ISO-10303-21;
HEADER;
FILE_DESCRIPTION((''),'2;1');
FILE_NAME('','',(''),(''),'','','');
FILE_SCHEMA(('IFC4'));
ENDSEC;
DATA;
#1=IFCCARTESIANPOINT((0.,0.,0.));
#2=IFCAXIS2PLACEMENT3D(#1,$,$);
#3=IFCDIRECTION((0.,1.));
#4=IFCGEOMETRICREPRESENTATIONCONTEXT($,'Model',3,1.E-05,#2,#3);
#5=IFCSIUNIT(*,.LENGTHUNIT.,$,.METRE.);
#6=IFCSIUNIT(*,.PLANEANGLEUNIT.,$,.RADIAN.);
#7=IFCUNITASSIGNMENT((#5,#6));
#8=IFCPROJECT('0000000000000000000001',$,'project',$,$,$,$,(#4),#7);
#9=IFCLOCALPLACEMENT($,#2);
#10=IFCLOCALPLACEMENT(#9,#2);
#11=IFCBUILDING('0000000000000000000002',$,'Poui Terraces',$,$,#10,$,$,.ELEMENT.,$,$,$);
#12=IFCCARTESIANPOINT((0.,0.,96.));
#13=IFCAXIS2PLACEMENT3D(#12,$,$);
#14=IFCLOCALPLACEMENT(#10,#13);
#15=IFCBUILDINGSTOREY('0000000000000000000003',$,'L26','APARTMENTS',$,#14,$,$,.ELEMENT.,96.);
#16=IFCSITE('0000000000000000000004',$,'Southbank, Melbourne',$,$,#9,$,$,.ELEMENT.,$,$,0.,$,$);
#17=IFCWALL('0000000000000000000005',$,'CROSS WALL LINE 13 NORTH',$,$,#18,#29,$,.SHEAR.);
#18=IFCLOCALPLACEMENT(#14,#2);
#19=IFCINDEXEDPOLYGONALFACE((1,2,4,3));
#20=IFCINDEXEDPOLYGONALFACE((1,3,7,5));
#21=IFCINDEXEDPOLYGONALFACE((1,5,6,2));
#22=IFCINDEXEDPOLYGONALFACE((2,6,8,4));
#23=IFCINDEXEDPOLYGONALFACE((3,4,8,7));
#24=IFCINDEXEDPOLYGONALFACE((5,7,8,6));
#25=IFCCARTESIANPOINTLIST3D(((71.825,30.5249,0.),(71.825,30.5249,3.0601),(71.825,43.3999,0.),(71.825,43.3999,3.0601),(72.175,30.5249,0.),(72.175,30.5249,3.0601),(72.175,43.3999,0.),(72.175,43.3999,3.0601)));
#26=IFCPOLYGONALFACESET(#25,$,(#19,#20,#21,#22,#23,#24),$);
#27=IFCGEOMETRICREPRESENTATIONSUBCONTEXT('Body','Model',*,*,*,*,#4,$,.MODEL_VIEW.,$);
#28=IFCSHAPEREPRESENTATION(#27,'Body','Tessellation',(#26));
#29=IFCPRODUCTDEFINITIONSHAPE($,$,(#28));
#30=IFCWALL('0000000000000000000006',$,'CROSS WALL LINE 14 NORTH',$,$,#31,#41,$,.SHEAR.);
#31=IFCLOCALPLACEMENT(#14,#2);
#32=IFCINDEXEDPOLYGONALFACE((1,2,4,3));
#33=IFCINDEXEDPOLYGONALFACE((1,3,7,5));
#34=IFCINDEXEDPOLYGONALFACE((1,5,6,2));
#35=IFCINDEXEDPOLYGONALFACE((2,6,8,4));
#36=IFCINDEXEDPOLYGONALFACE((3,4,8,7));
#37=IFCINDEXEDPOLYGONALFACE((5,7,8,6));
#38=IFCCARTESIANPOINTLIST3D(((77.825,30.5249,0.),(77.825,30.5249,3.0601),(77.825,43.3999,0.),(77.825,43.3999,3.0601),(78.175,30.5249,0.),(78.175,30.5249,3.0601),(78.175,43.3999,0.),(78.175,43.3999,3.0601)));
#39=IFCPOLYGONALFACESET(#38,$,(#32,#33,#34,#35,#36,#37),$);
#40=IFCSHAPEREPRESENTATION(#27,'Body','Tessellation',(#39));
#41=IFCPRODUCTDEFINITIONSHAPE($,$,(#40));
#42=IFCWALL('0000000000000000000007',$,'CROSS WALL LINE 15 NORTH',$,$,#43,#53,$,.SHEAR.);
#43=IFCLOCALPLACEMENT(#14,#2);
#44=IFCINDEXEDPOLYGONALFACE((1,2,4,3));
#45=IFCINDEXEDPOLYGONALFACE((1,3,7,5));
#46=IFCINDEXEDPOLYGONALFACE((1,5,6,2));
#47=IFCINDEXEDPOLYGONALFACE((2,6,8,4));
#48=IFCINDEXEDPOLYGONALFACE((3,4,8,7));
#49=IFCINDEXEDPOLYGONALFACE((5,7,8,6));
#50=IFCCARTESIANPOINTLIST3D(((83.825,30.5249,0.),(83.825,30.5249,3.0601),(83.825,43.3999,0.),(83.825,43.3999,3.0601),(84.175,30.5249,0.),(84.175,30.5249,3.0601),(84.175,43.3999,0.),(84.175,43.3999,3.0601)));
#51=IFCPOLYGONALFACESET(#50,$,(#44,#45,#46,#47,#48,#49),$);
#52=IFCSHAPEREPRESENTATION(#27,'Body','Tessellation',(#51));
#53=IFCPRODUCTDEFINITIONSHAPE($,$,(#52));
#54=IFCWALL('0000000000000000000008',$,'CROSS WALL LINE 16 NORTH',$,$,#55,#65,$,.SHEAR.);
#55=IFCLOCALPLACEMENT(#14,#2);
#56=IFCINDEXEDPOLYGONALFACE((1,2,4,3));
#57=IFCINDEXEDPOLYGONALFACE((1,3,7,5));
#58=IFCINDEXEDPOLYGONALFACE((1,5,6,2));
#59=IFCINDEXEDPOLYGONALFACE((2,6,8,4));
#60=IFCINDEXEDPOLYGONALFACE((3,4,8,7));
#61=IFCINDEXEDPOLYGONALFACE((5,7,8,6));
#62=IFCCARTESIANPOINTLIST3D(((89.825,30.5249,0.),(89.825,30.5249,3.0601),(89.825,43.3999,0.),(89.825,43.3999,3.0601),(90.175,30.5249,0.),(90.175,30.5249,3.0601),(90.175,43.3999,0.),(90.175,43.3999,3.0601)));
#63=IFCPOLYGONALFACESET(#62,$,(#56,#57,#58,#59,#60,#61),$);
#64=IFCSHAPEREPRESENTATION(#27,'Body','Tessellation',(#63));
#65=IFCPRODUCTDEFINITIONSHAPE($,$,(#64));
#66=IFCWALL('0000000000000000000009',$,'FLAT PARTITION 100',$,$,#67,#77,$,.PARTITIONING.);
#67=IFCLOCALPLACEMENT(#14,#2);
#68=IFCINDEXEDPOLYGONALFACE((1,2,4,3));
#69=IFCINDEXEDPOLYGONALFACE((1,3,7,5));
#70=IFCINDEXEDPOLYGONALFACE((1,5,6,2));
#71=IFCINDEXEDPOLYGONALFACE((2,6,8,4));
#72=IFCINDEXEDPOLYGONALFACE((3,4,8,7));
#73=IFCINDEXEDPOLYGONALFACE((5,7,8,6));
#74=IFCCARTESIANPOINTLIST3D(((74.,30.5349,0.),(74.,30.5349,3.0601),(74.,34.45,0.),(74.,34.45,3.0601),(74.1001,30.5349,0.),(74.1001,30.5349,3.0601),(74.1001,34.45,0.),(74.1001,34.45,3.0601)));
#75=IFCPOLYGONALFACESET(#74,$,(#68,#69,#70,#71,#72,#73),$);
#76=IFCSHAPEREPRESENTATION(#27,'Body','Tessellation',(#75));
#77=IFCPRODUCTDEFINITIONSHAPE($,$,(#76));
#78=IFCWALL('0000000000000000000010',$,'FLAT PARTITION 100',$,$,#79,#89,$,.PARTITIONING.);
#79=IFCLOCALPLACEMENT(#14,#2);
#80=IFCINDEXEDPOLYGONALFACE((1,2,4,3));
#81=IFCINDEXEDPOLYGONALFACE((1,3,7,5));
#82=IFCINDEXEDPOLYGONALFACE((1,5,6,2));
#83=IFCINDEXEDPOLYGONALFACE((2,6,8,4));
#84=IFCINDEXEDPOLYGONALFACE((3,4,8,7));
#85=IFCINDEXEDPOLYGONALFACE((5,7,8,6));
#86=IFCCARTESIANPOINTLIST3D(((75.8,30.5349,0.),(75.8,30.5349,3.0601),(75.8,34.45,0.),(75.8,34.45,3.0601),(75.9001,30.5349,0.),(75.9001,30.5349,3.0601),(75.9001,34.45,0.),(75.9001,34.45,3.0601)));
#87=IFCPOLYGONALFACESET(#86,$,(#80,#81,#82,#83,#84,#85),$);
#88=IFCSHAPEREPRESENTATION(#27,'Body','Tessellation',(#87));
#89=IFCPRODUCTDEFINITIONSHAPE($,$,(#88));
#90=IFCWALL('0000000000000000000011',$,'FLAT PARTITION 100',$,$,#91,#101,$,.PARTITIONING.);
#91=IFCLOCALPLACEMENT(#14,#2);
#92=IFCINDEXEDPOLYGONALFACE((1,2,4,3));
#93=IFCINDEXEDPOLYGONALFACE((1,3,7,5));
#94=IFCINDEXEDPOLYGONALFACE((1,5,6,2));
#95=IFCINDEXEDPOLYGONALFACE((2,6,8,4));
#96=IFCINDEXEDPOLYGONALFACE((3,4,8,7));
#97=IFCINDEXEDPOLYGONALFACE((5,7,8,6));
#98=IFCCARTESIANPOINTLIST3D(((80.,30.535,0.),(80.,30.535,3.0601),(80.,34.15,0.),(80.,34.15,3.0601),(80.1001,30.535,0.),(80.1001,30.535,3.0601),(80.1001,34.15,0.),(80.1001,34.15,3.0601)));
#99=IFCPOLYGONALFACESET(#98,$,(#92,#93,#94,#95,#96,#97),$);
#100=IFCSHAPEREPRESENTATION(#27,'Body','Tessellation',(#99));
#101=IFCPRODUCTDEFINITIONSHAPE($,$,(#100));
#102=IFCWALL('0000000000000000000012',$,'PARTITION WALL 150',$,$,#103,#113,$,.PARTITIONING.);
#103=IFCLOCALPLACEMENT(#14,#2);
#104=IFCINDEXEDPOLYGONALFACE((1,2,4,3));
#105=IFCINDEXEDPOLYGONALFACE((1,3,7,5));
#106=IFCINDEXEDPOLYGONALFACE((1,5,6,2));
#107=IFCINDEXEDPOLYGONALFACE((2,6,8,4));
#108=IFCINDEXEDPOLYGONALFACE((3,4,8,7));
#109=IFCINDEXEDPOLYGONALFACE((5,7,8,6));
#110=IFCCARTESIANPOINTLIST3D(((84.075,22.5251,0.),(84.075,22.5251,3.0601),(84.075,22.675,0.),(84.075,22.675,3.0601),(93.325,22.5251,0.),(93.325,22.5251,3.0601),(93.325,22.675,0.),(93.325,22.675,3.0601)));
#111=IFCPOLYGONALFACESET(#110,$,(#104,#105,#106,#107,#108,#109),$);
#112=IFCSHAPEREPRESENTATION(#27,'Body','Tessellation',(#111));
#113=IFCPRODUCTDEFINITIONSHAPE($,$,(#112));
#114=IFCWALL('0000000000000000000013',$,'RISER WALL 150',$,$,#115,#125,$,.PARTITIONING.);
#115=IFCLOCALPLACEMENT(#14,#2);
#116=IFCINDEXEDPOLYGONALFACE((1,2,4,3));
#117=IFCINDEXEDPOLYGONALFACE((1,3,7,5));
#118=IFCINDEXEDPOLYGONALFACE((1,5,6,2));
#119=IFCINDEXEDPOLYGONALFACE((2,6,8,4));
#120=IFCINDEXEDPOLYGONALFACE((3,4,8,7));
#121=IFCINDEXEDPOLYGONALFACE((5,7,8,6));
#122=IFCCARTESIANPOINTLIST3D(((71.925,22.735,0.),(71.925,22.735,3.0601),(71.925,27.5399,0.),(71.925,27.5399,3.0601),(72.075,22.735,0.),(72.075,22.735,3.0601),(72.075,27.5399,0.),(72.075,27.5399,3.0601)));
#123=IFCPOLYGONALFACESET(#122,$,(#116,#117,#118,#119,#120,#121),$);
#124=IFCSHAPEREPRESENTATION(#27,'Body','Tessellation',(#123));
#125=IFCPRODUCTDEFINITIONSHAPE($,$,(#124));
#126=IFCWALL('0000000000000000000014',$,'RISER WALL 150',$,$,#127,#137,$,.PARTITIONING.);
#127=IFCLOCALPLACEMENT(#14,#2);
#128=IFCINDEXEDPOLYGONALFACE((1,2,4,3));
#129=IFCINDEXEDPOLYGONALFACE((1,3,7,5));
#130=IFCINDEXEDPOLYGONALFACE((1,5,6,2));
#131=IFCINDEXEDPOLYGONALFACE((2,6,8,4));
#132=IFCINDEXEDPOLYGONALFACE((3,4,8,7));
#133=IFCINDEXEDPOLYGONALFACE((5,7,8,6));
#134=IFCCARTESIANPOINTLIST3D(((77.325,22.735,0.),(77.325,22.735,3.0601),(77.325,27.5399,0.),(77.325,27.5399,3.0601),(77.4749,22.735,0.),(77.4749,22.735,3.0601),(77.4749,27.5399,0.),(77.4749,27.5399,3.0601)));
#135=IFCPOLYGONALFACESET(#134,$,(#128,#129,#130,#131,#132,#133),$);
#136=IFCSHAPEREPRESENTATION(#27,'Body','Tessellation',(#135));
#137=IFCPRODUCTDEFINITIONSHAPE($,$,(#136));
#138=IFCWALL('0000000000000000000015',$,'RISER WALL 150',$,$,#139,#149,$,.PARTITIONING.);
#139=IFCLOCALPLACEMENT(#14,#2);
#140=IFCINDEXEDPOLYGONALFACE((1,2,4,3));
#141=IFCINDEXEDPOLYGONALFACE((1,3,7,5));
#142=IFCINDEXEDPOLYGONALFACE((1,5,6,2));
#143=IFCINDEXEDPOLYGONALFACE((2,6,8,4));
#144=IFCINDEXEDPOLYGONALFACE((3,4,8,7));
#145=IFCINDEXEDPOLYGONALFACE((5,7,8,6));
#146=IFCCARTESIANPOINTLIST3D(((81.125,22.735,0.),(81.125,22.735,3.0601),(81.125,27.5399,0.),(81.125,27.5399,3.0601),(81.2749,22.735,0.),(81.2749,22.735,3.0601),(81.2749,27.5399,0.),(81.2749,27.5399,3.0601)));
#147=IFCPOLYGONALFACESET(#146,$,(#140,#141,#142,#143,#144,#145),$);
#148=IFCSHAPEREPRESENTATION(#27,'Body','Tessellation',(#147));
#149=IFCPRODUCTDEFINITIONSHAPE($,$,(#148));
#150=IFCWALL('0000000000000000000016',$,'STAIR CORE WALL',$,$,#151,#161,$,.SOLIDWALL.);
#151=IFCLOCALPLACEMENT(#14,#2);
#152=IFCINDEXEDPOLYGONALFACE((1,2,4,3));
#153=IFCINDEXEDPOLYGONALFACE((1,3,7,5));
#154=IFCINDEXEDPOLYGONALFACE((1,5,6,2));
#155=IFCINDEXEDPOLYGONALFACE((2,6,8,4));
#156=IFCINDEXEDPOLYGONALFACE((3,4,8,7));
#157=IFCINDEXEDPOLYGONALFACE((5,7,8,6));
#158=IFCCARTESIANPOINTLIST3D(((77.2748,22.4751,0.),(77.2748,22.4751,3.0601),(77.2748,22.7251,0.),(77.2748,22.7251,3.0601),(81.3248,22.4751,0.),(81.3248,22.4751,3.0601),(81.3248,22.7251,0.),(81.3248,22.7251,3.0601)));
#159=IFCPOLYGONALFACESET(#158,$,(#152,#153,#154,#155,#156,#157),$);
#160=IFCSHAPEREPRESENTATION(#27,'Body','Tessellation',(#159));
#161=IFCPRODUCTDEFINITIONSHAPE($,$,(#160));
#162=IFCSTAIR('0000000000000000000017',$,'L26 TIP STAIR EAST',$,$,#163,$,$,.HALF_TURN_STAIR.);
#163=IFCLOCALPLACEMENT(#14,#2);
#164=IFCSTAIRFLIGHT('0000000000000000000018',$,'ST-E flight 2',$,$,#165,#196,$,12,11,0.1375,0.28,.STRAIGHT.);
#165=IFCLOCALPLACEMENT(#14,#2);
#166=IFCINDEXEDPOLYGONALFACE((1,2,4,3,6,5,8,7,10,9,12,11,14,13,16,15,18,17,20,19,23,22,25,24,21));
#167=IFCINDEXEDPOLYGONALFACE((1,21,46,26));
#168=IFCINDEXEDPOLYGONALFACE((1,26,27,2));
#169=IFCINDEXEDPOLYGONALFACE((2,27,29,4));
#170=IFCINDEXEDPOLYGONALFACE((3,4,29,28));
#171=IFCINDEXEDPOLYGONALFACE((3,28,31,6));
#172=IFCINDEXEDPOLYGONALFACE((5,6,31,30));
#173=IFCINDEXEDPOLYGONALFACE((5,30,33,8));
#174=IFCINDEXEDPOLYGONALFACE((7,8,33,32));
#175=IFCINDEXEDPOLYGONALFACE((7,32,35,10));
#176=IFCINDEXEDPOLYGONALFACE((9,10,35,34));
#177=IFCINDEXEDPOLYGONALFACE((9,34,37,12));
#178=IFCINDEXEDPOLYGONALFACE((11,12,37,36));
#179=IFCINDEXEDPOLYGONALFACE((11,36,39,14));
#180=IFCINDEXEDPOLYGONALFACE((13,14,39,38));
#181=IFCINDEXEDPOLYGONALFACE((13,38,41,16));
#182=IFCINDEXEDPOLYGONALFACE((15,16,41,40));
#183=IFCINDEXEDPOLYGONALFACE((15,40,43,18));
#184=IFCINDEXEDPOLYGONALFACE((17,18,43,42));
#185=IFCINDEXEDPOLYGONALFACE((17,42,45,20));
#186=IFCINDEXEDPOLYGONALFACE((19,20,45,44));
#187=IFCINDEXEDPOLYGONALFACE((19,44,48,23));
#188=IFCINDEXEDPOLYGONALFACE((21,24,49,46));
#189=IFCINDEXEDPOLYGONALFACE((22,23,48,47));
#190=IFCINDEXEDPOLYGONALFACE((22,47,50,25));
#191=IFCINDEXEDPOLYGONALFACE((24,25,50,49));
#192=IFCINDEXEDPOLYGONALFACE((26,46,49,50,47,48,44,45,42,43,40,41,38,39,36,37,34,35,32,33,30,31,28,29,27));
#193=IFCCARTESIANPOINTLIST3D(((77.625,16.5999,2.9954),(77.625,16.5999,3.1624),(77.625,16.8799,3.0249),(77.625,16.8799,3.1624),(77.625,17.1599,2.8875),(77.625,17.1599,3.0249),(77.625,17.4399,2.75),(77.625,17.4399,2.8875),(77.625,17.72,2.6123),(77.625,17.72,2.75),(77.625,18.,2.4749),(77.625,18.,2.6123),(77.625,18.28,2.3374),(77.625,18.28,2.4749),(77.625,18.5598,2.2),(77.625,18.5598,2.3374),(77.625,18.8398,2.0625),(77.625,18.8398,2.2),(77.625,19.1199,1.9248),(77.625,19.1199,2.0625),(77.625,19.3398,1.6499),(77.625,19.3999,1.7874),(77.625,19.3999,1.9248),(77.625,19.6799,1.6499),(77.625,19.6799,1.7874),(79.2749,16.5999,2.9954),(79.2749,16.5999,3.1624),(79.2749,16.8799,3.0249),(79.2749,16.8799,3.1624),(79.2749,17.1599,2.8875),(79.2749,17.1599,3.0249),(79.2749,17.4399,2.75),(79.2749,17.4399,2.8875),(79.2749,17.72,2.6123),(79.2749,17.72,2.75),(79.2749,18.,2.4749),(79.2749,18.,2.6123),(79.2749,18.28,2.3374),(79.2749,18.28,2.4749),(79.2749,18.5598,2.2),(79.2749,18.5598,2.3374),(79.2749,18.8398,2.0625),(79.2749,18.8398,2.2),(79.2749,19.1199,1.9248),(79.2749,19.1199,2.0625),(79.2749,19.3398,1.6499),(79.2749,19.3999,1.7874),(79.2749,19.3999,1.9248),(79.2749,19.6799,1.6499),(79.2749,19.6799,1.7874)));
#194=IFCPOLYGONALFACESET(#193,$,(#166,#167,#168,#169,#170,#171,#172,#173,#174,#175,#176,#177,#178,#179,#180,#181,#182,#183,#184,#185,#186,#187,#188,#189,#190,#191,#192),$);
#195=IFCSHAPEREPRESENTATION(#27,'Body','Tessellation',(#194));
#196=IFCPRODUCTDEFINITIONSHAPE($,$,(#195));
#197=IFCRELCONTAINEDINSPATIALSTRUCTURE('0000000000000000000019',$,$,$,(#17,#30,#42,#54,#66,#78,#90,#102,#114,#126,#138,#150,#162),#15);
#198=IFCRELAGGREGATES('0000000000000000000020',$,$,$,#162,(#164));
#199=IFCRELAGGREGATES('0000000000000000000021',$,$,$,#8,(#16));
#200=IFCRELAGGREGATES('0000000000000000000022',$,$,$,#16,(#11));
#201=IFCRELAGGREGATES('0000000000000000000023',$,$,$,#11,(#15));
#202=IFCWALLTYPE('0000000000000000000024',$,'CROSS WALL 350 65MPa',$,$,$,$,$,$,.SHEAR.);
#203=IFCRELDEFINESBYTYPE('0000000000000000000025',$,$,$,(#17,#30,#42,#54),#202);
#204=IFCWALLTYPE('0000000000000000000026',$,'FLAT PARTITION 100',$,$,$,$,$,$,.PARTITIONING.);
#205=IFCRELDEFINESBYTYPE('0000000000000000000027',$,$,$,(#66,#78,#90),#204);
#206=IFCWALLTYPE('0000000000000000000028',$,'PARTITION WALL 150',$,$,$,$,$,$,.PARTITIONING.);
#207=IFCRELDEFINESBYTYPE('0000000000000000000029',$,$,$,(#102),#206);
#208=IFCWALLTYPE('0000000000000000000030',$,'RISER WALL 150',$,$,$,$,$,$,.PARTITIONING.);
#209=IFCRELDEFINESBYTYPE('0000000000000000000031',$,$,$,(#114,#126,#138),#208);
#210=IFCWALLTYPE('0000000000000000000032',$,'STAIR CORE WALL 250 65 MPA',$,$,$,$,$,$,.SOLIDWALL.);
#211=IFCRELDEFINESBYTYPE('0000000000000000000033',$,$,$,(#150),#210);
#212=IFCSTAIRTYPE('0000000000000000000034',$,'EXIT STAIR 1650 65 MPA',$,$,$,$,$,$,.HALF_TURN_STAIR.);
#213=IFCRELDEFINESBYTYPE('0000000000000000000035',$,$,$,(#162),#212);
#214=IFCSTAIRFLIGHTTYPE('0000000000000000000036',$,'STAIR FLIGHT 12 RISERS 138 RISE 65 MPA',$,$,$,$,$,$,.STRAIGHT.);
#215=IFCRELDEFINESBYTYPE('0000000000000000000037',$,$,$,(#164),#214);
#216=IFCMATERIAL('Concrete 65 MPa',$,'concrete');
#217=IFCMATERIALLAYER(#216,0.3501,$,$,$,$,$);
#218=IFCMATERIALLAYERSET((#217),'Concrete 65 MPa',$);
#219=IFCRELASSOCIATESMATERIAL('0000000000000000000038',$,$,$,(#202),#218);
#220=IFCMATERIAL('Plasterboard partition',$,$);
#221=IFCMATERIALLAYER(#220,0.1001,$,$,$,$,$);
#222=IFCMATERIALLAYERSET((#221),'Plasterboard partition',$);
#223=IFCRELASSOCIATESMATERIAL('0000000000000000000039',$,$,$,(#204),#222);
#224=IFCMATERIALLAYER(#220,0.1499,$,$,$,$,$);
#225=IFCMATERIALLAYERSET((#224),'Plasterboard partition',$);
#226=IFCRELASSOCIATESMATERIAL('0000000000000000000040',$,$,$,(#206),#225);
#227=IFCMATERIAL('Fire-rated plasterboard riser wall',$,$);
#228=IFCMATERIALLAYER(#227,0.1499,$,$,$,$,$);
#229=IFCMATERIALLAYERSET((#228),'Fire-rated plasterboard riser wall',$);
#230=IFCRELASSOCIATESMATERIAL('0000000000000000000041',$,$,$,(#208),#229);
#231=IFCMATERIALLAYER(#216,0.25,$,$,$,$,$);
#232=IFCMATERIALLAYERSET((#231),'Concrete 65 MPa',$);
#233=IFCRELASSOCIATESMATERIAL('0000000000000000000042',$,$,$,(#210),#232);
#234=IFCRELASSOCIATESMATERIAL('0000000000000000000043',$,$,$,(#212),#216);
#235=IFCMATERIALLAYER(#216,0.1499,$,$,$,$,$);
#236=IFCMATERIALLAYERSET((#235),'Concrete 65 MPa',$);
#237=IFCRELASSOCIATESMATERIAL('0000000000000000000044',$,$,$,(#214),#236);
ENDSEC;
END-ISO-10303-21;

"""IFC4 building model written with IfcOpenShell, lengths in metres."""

from ifc_helpers import new_model, si_unit, direction, frame, frame_2d, origin, place, context, subcontext, project, spatial, polyline, rectangle, outline, extrude, material, layer, layer_set, type_object, element, aggregate, save


model = new_model("IFC4")

# Units and contexts
model_context = context("Model", 3, precision=1e-05, world=origin(), true_north=direction((0.0, 1.0)))
body_context = subcontext(model_context, "Body", "Model", "MODEL_VIEW")
ifc_project = project(units=[si_unit("LENGTHUNIT", "METRE"), si_unit("PLANEANGLEUNIT", "RADIAN")], contexts=[model_context])

# Site, building, storey
site_placement = place(None, origin())
site = spatial("IfcSite", under=ifc_project, at=site_placement, Name="Southbank, Melbourne", CompositionType="ELEMENT", RefElevation=0.0)
building_placement = place(site_placement, origin())
building = spatial("IfcBuilding", under=site, at=building_placement, Name="Poui Terraces", CompositionType="ELEMENT")
storey_placement = place(building_placement, frame((0.0, 0.0, 96.0)))
storey = spatial("IfcBuildingStorey", under=building, at=storey_placement, Name="L26", Description="APARTMENTS", CompositionType="ELEMENT", Elevation=96.0)

# Shared definitions
ifc_material_1 = material(Name="Concrete 65 MPa", Category="concrete")

# Walls
ifc_layer_1 = layer(ifc_material_1, 0.3501)
ifc_layer_set_1 = layer_set([ifc_layer_1], Name="Concrete 65 MPa")
wall_type_1 = type_object("IfcWallType", Name="CROSS WALL 350 65MPa", PredefinedType="SHEAR", material=ifc_layer_set_1)
for number, where, z_axis, x_axis, name in (
    (1, (72.0, 30.5249, 0.0), (0.0, 0.0, 1.0), (0.0, 1.0, 0.0), "CROSS WALL LINE 13 NORTH"),
    (2, (78.0, 30.5249, 0.0), (0.0, 0.0, 1.0), (0.0, 1.0, 0.0), "CROSS WALL LINE 14 NORTH"),
    (3, (84.0, 30.5249, 0.0), (0.0, 0.0, 1.0), (0.0, 1.0, 0.0), "CROSS WALL LINE 15 NORTH"),
    (4, (90.0, 30.5249, 0.0), (0.0, 0.0, 1.0), (0.0, 1.0, 0.0), "CROSS WALL LINE 16 NORTH"),
):
    element("IfcWall", number, at=place(storey_placement, frame(where, z_axis=z_axis, x_axis=x_axis)), inside=storey, type_object=wall_type_1, Name=name, PredefinedType="SHEAR", context=body_context, shape_type="SweptSolid", body=[
        extrude(rectangle(XDim=12.875, YDim=0.3501, at=frame_2d((6.4375, 0.0))), origin(), (0.0, 0.0, 1.0), 3.0601),
    ])
ifc_material_2 = material(Name="Plasterboard partition")
ifc_layer_2 = layer(ifc_material_2, 0.1001)
ifc_layer_set_2 = layer_set([ifc_layer_2], Name="Plasterboard partition")
wall_type_2 = type_object("IfcWallType", Name="FLAT PARTITION 100", PredefinedType="PARTITIONING", material=ifc_layer_set_2)
for number, where, z_axis, x_axis, name in (
    (5, (74.05, 30.5349, 0.0), (0.0, 0.0, 1.0), (0.0, 1.0, 0.0), "FLAT PARTITION 100"),
    (6, (75.8501, 30.5349, 0.0), (0.0, 0.0, 1.0), (0.0, 1.0, 0.0), "FLAT PARTITION 100"),
):
    element("IfcWall", number, at=place(storey_placement, frame(where, z_axis=z_axis, x_axis=x_axis)), inside=storey, type_object=wall_type_2, Name=name, PredefinedType="PARTITIONING", context=body_context, shape_type="SweptSolid", body=[
        extrude(rectangle(XDim=3.915, YDim=0.1001, at=frame_2d((1.9575, 0.0))), origin(), (0.0, 0.0, 1.0), 3.0601),
    ])
wall_1_placement = place(storey_placement, frame((80.05, 30.5349, 0.0), z_axis=(0.0, 0.0, 1.0), x_axis=(0.0, 1.0, 0.0)))
element("IfcWall", 7, at=wall_1_placement, inside=storey, type_object=wall_type_2, Name="FLAT PARTITION 100", PredefinedType="PARTITIONING", context=body_context, shape_type="SweptSolid", body=[
    extrude(rectangle(XDim=3.615, YDim=0.1001, at=frame_2d((1.8076, 0.0))), origin(), (0.0, 0.0, 1.0), 3.0601),
])
ifc_layer_3 = layer(ifc_material_2, 0.1499)
ifc_layer_set_3 = layer_set([ifc_layer_3], Name="Plasterboard partition")
wall_type_3 = type_object("IfcWallType", Name="PARTITION WALL 150", PredefinedType="PARTITIONING", material=ifc_layer_set_3)
wall_2_placement = place(storey_placement, frame((84.075, 22.6001, 0.0), z_axis=(0.0, 0.0, 1.0), x_axis=(1.0, 0.0, 0.0)))
element("IfcWall", 8, at=wall_2_placement, inside=storey, type_object=wall_type_3, Name="PARTITION WALL 150", PredefinedType="PARTITIONING", context=body_context, shape_type="SweptSolid", body=[
    extrude(rectangle(XDim=9.25, YDim=0.1499, at=frame_2d((4.625, 0.0))), origin(), (0.0, 0.0, 1.0), 3.0601),
])
ifc_material_3 = material(Name="Fire-rated plasterboard riser wall")
ifc_layer_4 = layer(ifc_material_3, 0.1499)
ifc_layer_set_4 = layer_set([ifc_layer_4], Name="Fire-rated plasterboard riser wall")
wall_type_4 = type_object("IfcWallType", Name="RISER WALL 150", PredefinedType="PARTITIONING", material=ifc_layer_set_4)
for number, where, z_axis, x_axis, name in (
    (9, (72.0, 22.7351, 0.0), (0.0, 0.0, 1.0), (0.0, 1.0, 0.0), "RISER WALL 150"),
    (10, (77.3999, 22.7351, 0.0), (0.0, 0.0, 1.0), (0.0, 1.0, 0.0), "RISER WALL 150"),
    (11, (81.2, 22.7351, 0.0), (0.0, 0.0, 1.0), (0.0, 1.0, 0.0), "RISER WALL 150"),
):
    element("IfcWall", number, at=place(storey_placement, frame(where, z_axis=z_axis, x_axis=x_axis)), inside=storey, type_object=wall_type_4, Name=name, PredefinedType="PARTITIONING", context=body_context, shape_type="SweptSolid", body=[
        extrude(rectangle(XDim=4.8049, YDim=0.1499, at=frame_2d((2.4023, 0.0))), origin(), (0.0, 0.0, 1.0), 3.0601),
    ])
ifc_layer_5 = layer(ifc_material_1, 0.25)
ifc_layer_set_5 = layer_set([ifc_layer_5], Name="Concrete 65 MPa")
wall_type_5 = type_object("IfcWallType", Name="STAIR CORE WALL 250 65 MPA", PredefinedType="SOLIDWALL", material=ifc_layer_set_5)
wall_3_placement = place(storey_placement, frame((77.2749, 22.6001, 0.0), z_axis=(0.0, 0.0, 1.0), x_axis=(1.0, 0.0, 0.0)))
element("IfcWall", 12, at=wall_3_placement, inside=storey, type_object=wall_type_5, Name="STAIR CORE WALL", PredefinedType="SOLIDWALL", context=body_context, shape_type="SweptSolid", body=[
    extrude(rectangle(XDim=4.05, YDim=0.25, at=frame_2d((2.0249, 0.0))), origin(), (0.0, 0.0, 1.0), 3.0601),
])

# Stair, stair flight
stair_type = type_object("IfcStairType", Name="EXIT STAIR 1650 65 MPA", PredefinedType="HALF_TURN_STAIR", material=ifc_material_1)
stair_placement = place(storey_placement, origin())
stair = element("IfcStair", 13, at=stair_placement, inside=storey, type_object=stair_type, Name="L26 TIP STAIR EAST", PredefinedType="HALF_TURN_STAIR")
ifc_layer_6 = layer(ifc_material_1, 0.1499)
ifc_layer_set_6 = layer_set([ifc_layer_6], Name="Concrete 65 MPa")
stair_flight_type = type_object("IfcStairFlightType", Name="STAIR FLIGHT 12 RISERS 138 RISE 65 MPA", PredefinedType="STRAIGHT", material=ifc_layer_set_6)
stair_flight_placement = place(storey_placement, frame((78.45, 19.6799, 1.6499), z_axis=(0.0, 0.0, 1.0), x_axis=(0.0, -1.0, 0.0)))
stair_flight = element("IfcStairFlight", 14, at=stair_flight_placement, type_object=stair_flight_type, Name="ST-E flight 2", NumberOfRisers=12, NumberOfTreads=11, PredefinedType="STRAIGHT", RiserHeight=0.1375, TreadLength=0.28, context=body_context, shape_type="SweptSolid", body=[
    extrude(outline(polyline([(0.0, 0.0), (0.0, 0.1375), (0.28, 0.1375), (0.28, 0.2749), (0.5601, 0.2749), (0.5601, 0.4126), (0.8401, 0.4126), (0.8401, 0.55), (1.1201, 0.55), (1.1201, 0.6875), (1.3999, 0.6875), (1.3999, 0.825), (1.6799, 0.825), (1.6799, 0.9624), (1.96, 0.9624), (1.96, 1.1001), (2.24, 1.1001), (2.24, 1.2375), (2.52, 1.2375), (2.52, 1.375), (2.8, 1.375), (2.8, 1.5125), (3.0801, 1.5125), (3.0801, 1.6499), (3.0801, 1.3455), (0.3401, 0.0), (0.0, 0.0)])), frame((0.0, 0.825, 0.0), z_axis=(0.0, -1.0, 0.0), x_axis=(1.0, 0.0, 0.0)), (0.0, 0.0, 1.0), 1.6499),
])
aggregate(stair, [stair_flight])

save(model, "model.ifc")
